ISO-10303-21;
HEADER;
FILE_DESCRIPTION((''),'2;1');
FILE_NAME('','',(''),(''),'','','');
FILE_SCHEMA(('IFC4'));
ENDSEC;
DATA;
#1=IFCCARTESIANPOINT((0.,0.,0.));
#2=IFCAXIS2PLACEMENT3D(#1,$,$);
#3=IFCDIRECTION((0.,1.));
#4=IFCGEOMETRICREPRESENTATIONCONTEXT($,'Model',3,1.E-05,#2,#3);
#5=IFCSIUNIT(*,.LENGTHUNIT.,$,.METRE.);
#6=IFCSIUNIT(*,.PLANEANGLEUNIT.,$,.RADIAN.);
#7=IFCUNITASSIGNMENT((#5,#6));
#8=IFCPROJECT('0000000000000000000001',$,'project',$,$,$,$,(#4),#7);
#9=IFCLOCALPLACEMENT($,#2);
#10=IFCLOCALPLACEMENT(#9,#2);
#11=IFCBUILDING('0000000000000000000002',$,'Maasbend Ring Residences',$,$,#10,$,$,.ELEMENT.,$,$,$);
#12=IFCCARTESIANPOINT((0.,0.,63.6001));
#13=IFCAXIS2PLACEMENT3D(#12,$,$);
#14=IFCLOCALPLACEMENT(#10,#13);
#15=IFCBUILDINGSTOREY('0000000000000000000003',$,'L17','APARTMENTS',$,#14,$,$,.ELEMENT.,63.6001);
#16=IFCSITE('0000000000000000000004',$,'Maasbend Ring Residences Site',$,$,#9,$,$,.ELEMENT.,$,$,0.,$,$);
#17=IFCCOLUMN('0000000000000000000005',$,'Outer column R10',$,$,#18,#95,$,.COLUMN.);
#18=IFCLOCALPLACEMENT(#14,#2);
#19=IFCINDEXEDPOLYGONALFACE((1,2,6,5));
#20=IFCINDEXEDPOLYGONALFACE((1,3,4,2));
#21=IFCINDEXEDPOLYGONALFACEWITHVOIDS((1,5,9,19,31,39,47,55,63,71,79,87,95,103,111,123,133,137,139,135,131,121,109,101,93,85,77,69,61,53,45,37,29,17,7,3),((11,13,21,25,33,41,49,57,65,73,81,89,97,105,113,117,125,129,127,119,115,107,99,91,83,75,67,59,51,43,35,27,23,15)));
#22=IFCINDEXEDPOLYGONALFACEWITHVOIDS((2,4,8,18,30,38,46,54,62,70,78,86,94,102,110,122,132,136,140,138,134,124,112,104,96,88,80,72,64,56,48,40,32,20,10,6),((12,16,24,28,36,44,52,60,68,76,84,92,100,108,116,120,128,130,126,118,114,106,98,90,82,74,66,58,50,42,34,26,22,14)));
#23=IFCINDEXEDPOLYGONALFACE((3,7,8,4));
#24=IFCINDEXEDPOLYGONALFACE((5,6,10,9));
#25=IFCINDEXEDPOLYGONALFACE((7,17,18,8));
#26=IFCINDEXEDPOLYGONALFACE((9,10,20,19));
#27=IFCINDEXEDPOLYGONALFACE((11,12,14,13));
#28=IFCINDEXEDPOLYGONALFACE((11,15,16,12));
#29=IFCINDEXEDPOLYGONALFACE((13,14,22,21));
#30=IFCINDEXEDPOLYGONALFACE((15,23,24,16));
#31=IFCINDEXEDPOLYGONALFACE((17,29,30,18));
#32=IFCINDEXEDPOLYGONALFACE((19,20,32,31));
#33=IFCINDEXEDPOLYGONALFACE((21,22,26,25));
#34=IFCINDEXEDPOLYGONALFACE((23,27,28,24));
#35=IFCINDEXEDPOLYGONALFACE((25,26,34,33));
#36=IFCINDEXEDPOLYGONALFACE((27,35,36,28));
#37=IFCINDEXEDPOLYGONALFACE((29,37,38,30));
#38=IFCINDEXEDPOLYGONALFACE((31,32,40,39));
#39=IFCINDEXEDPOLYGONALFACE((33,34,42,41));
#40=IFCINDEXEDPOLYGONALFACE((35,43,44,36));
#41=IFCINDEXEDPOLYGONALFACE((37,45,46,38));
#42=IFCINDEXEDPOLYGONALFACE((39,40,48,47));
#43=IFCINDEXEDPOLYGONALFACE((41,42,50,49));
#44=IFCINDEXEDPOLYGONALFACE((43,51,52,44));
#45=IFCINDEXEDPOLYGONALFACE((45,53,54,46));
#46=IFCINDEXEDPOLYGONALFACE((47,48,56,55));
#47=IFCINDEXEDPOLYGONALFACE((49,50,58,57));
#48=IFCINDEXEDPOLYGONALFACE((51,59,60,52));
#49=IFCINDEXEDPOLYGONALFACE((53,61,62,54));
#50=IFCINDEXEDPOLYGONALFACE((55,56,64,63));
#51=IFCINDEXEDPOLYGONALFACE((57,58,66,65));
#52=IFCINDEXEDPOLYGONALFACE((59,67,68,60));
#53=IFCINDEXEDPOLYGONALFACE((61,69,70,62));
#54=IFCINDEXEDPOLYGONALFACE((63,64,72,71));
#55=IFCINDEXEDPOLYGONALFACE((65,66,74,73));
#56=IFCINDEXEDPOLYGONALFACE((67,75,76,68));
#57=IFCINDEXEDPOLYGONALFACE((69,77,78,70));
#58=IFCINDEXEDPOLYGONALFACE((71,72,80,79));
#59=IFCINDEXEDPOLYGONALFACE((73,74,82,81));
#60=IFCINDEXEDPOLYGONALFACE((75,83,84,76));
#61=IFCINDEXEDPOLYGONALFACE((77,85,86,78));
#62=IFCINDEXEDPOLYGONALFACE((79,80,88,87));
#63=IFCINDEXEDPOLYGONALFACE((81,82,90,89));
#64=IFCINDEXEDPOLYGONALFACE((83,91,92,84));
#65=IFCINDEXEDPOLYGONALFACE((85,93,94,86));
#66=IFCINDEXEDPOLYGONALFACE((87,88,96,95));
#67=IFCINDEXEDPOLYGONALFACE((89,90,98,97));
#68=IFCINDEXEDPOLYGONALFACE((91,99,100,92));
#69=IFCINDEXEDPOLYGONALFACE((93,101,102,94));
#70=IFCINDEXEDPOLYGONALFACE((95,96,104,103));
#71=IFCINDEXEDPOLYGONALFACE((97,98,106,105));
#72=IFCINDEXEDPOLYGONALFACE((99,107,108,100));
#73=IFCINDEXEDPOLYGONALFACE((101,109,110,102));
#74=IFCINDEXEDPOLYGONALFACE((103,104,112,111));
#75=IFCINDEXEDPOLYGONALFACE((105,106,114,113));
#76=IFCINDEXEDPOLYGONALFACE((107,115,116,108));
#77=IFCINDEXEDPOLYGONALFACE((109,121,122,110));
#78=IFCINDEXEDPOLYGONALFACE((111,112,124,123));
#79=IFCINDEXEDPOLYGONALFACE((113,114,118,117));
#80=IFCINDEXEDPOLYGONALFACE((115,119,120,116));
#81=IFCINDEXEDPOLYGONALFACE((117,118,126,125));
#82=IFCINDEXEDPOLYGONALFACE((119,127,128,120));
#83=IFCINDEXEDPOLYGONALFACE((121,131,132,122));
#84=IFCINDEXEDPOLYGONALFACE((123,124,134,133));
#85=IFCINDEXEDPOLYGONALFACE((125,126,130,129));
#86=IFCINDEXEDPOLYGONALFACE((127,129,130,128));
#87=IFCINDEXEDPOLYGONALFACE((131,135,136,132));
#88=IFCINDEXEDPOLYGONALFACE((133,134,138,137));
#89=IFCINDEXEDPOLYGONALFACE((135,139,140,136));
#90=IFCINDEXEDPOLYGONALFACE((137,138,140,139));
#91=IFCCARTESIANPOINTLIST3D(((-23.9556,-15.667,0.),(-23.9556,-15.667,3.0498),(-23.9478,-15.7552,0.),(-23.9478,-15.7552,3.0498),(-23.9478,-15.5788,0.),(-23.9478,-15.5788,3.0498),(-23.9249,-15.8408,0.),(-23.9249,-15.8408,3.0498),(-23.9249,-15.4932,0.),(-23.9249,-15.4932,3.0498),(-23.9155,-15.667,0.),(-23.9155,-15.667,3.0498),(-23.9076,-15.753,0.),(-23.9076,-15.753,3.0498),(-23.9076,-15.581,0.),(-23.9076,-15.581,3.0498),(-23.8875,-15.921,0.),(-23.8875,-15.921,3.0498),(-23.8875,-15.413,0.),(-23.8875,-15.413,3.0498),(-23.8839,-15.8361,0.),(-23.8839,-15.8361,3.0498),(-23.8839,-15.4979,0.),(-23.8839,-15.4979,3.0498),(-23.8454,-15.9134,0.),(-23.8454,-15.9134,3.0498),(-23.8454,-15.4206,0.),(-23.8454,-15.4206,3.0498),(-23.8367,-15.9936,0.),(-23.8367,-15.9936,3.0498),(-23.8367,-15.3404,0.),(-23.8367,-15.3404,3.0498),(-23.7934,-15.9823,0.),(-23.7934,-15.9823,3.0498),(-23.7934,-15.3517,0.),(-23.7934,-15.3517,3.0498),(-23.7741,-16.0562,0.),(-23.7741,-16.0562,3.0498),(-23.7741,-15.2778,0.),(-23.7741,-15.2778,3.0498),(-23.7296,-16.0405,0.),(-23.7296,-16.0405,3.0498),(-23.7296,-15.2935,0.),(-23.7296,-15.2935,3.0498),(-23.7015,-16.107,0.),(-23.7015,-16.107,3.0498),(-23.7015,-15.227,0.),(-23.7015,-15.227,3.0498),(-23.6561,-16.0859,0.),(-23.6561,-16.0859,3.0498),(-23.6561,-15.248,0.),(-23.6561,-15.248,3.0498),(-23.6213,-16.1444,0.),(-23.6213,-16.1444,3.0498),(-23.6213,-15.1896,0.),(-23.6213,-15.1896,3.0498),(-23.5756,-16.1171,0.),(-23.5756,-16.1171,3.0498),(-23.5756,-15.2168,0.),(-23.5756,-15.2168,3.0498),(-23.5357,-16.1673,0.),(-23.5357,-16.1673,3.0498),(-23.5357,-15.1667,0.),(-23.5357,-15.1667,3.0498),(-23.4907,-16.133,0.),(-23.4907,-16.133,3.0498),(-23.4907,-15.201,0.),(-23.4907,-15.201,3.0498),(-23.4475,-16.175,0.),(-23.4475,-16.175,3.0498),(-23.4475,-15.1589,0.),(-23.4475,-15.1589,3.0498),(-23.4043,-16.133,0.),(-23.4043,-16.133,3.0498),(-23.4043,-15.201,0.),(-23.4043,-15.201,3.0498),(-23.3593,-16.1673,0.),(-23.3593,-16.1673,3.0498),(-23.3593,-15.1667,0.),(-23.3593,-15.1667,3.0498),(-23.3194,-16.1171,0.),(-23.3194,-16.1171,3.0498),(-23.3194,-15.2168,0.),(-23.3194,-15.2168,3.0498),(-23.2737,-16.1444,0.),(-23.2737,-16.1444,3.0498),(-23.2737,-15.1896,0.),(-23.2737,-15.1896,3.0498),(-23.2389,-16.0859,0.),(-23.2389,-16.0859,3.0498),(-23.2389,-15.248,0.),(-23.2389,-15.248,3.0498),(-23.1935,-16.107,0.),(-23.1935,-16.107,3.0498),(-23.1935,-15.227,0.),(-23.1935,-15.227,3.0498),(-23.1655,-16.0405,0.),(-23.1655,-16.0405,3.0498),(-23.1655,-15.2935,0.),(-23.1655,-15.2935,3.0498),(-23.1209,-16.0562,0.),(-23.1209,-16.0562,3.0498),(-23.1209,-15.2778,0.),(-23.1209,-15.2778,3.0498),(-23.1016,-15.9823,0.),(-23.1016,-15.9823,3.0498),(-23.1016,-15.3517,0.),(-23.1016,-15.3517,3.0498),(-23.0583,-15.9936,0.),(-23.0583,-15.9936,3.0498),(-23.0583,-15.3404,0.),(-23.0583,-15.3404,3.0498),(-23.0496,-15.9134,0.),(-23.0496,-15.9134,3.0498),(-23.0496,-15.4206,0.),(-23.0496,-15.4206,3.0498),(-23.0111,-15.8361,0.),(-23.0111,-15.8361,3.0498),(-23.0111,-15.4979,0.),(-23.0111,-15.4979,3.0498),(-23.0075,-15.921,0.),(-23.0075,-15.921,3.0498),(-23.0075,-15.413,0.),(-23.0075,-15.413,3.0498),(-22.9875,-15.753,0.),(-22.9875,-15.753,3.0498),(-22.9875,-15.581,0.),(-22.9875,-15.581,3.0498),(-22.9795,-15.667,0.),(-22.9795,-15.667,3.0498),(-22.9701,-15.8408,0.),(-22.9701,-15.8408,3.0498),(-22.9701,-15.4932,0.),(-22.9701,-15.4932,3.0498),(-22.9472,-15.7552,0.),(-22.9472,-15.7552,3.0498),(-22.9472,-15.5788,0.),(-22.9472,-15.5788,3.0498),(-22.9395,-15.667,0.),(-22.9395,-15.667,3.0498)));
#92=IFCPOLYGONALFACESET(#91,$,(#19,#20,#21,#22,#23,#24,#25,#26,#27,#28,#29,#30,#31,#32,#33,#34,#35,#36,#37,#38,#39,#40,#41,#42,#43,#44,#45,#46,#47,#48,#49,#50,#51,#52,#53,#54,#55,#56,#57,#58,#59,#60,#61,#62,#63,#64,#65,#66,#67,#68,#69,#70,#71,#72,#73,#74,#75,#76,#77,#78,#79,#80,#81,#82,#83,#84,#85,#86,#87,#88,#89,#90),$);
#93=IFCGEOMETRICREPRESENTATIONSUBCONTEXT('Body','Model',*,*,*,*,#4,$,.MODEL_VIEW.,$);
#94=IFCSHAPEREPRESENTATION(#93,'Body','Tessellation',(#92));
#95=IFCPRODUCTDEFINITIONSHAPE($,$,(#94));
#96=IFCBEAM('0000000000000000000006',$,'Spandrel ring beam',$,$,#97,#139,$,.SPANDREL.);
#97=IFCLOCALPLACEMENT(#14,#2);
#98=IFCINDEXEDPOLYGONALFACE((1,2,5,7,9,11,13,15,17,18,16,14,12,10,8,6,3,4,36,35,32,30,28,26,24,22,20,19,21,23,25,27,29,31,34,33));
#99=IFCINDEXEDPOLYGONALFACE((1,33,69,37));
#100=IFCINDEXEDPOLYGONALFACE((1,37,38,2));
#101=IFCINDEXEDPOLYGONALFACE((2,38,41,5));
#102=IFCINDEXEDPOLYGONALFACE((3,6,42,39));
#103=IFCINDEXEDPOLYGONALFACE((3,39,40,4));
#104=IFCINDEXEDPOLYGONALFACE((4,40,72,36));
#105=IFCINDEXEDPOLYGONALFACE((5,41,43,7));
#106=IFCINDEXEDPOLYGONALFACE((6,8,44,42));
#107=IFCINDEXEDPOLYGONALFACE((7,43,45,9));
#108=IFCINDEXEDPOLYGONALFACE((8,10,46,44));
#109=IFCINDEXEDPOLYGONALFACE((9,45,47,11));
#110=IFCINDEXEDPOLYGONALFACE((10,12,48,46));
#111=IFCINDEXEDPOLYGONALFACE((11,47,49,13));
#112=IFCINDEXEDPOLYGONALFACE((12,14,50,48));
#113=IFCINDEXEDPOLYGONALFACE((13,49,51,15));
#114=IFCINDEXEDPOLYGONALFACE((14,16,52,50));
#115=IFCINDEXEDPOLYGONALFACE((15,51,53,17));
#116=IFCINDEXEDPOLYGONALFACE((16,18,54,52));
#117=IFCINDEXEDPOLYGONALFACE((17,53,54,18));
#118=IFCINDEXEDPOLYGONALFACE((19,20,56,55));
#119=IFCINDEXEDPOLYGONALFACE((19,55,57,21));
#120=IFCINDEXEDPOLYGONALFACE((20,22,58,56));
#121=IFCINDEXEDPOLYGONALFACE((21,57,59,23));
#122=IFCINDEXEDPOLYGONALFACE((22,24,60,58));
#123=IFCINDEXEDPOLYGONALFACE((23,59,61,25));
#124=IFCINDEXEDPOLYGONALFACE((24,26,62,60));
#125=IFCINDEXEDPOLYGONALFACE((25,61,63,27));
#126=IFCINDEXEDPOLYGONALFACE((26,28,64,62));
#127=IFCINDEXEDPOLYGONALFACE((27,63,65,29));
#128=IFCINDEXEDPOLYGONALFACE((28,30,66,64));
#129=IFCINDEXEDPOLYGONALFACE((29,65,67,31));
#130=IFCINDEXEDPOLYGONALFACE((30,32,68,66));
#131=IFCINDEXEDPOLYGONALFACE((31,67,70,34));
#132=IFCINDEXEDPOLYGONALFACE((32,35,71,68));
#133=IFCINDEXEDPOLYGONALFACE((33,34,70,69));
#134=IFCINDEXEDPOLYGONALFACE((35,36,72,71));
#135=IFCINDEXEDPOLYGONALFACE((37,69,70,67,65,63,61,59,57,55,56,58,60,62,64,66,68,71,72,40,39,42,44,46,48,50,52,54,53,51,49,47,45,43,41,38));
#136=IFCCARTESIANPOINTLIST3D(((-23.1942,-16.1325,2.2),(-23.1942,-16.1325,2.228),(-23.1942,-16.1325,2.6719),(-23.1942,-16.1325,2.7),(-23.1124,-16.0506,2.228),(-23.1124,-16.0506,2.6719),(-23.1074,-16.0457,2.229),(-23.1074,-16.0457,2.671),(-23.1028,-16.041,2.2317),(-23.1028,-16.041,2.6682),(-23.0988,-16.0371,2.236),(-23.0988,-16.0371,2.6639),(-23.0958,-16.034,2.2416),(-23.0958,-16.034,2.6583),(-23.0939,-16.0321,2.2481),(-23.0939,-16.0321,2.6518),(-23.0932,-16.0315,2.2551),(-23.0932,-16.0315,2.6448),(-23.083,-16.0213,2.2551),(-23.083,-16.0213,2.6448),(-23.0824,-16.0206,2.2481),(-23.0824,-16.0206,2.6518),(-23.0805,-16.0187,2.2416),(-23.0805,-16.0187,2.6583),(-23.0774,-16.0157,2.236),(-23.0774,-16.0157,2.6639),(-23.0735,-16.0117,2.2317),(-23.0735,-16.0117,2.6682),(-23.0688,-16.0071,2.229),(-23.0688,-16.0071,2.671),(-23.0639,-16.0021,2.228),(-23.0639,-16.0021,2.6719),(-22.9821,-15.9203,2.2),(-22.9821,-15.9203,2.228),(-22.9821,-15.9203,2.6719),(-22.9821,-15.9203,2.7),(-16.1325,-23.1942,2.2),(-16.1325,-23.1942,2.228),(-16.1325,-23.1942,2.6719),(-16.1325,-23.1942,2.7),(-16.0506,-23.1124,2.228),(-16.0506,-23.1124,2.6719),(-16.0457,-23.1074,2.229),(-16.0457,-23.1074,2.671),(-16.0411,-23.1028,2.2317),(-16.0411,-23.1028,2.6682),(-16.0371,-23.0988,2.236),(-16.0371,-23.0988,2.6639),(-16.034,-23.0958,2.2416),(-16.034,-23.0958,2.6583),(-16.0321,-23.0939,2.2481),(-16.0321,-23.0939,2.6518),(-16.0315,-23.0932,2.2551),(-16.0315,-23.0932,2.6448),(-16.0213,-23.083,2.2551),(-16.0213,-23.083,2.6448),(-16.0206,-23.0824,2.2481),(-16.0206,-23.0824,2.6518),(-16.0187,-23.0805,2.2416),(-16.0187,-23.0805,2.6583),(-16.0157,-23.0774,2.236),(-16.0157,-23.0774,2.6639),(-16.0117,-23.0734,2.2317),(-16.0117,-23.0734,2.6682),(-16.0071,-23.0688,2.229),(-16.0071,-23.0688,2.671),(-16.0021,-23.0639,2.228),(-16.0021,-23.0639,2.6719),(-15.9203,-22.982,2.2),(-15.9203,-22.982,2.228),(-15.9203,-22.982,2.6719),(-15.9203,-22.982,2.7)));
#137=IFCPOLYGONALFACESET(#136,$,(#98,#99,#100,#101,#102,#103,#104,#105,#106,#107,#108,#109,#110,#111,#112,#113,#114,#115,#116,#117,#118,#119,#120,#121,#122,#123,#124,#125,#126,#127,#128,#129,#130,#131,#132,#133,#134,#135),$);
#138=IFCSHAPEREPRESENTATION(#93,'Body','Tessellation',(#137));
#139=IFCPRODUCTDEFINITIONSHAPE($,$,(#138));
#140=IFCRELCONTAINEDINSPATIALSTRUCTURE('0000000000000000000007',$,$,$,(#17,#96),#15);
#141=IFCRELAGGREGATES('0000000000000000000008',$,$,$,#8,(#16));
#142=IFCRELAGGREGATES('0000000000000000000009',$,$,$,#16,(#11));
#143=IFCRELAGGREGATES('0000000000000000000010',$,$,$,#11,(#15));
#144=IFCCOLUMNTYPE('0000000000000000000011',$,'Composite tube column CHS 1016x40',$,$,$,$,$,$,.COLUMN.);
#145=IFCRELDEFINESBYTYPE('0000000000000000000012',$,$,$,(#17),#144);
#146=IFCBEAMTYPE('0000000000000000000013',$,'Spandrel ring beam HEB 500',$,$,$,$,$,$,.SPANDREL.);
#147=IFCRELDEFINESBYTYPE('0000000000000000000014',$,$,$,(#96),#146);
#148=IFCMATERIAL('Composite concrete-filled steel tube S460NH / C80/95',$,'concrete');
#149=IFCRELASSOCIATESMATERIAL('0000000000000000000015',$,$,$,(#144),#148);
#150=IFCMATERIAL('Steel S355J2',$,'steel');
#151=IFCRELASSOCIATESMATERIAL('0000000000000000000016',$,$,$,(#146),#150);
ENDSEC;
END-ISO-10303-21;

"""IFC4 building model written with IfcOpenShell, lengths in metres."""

from ifc_helpers import new_model, si_unit, direction, frame, origin, origin_2d, place, context, subcontext, project, spatial, hollow_circle, i_section, extrude, material, material_profile, profile_set, type_object, element, save


model = new_model("IFC4")

# Units and contexts
model_context = context("Model", 3, precision=1e-05, world=origin(), true_north=direction((0.0, 1.0)))
body_context = subcontext(model_context, "Body", "Model", "MODEL_VIEW")
ifc_project = project(units=[si_unit("LENGTHUNIT", "METRE"), si_unit("PLANEANGLEUNIT", "RADIAN")], contexts=[model_context])

# Site, building, storey
site_placement = place(None, origin())
site = spatial("IfcSite", under=ifc_project, at=site_placement, Name="Maasbend Ring Residences Site", CompositionType="ELEMENT", RefElevation=0.0)
building_placement = place(site_placement, origin())
building = spatial("IfcBuilding", under=site, at=building_placement, Name="Maasbend Ring Residences", CompositionType="ELEMENT")
storey_placement = place(building_placement, frame((0.0, 0.0, 63.6001)))
storey = spatial("IfcBuildingStorey", under=building, at=storey_placement, Name="L17", Description="APARTMENTS", CompositionType="ELEMENT", Elevation=63.6001)

# Column
ifc_material_1 = material(Name="Composite concrete-filled steel tube S460NH / C80/95", Category="concrete")
ifc_material_profile_1 = material_profile(ifc_material_1, hollow_circle(Radius=0.5081, WallThickness=0.04, at=origin_2d()), Name="Composite tube column CHS 1016x40")
ifc_profile_set_1 = profile_set([ifc_material_profile_1], Name="Composite concrete-filled steel tube S460NH / C80/95")
column_type = type_object("IfcColumnType", Name="Composite tube column CHS 1016x40", PredefinedType="COLUMN", material=ifc_profile_set_1)
column_placement = place(storey_placement, frame((-23.4475, -15.667, 0.0), z_axis=(0.0, 0.0, 1.0), x_axis=(1.0, 0.0, 0.0)))
element("IfcColumn", 1, at=column_placement, inside=storey, type_object=column_type, Name="Outer column R10", PredefinedType="COLUMN", context=body_context, shape_type="SweptSolid", body=[
    extrude(hollow_circle(Radius=0.5081, WallThickness=0.04, at=origin_2d()), origin(), (0.0, 0.0, 1.0), 3.0498),
])

# Beam
ifc_material_2 = material(Name="Steel S355J2", Category="steel")
ifc_material_profile_2 = material_profile(ifc_material_2, i_section(OverallWidth=0.3, OverallDepth=0.5, WebThickness=0.0144, FlangeThickness=0.0281, FilletRadius=0.0271, at=origin_2d()), Name="HEB 500")
ifc_profile_set_2 = profile_set([ifc_material_profile_2], Name="Steel S355J2")
beam_type = type_object("IfcBeamType", Name="Spandrel ring beam HEB 500", PredefinedType="SPANDREL", material=ifc_profile_set_2)
beam_placement = place(storey_placement, frame((-23.0881, -16.0264, 2.45), z_axis=(0.707107, -0.707107, 0.0), x_axis=(0.707107, 0.707107, 0.0)))
element("IfcBeam", 2, at=beam_placement, inside=storey, type_object=beam_type, Name="Spandrel ring beam", PredefinedType="SPANDREL", context=body_context, shape_type="SweptSolid", body=[
    extrude(i_section(OverallWidth=0.3, OverallDepth=0.5, WebThickness=0.0144, FlangeThickness=0.0281, FilletRadius=0.0271, at=origin_2d()), origin(), (0.0, 0.0, 1.0), 9.9868),
])

save(model, "model.ifc")
